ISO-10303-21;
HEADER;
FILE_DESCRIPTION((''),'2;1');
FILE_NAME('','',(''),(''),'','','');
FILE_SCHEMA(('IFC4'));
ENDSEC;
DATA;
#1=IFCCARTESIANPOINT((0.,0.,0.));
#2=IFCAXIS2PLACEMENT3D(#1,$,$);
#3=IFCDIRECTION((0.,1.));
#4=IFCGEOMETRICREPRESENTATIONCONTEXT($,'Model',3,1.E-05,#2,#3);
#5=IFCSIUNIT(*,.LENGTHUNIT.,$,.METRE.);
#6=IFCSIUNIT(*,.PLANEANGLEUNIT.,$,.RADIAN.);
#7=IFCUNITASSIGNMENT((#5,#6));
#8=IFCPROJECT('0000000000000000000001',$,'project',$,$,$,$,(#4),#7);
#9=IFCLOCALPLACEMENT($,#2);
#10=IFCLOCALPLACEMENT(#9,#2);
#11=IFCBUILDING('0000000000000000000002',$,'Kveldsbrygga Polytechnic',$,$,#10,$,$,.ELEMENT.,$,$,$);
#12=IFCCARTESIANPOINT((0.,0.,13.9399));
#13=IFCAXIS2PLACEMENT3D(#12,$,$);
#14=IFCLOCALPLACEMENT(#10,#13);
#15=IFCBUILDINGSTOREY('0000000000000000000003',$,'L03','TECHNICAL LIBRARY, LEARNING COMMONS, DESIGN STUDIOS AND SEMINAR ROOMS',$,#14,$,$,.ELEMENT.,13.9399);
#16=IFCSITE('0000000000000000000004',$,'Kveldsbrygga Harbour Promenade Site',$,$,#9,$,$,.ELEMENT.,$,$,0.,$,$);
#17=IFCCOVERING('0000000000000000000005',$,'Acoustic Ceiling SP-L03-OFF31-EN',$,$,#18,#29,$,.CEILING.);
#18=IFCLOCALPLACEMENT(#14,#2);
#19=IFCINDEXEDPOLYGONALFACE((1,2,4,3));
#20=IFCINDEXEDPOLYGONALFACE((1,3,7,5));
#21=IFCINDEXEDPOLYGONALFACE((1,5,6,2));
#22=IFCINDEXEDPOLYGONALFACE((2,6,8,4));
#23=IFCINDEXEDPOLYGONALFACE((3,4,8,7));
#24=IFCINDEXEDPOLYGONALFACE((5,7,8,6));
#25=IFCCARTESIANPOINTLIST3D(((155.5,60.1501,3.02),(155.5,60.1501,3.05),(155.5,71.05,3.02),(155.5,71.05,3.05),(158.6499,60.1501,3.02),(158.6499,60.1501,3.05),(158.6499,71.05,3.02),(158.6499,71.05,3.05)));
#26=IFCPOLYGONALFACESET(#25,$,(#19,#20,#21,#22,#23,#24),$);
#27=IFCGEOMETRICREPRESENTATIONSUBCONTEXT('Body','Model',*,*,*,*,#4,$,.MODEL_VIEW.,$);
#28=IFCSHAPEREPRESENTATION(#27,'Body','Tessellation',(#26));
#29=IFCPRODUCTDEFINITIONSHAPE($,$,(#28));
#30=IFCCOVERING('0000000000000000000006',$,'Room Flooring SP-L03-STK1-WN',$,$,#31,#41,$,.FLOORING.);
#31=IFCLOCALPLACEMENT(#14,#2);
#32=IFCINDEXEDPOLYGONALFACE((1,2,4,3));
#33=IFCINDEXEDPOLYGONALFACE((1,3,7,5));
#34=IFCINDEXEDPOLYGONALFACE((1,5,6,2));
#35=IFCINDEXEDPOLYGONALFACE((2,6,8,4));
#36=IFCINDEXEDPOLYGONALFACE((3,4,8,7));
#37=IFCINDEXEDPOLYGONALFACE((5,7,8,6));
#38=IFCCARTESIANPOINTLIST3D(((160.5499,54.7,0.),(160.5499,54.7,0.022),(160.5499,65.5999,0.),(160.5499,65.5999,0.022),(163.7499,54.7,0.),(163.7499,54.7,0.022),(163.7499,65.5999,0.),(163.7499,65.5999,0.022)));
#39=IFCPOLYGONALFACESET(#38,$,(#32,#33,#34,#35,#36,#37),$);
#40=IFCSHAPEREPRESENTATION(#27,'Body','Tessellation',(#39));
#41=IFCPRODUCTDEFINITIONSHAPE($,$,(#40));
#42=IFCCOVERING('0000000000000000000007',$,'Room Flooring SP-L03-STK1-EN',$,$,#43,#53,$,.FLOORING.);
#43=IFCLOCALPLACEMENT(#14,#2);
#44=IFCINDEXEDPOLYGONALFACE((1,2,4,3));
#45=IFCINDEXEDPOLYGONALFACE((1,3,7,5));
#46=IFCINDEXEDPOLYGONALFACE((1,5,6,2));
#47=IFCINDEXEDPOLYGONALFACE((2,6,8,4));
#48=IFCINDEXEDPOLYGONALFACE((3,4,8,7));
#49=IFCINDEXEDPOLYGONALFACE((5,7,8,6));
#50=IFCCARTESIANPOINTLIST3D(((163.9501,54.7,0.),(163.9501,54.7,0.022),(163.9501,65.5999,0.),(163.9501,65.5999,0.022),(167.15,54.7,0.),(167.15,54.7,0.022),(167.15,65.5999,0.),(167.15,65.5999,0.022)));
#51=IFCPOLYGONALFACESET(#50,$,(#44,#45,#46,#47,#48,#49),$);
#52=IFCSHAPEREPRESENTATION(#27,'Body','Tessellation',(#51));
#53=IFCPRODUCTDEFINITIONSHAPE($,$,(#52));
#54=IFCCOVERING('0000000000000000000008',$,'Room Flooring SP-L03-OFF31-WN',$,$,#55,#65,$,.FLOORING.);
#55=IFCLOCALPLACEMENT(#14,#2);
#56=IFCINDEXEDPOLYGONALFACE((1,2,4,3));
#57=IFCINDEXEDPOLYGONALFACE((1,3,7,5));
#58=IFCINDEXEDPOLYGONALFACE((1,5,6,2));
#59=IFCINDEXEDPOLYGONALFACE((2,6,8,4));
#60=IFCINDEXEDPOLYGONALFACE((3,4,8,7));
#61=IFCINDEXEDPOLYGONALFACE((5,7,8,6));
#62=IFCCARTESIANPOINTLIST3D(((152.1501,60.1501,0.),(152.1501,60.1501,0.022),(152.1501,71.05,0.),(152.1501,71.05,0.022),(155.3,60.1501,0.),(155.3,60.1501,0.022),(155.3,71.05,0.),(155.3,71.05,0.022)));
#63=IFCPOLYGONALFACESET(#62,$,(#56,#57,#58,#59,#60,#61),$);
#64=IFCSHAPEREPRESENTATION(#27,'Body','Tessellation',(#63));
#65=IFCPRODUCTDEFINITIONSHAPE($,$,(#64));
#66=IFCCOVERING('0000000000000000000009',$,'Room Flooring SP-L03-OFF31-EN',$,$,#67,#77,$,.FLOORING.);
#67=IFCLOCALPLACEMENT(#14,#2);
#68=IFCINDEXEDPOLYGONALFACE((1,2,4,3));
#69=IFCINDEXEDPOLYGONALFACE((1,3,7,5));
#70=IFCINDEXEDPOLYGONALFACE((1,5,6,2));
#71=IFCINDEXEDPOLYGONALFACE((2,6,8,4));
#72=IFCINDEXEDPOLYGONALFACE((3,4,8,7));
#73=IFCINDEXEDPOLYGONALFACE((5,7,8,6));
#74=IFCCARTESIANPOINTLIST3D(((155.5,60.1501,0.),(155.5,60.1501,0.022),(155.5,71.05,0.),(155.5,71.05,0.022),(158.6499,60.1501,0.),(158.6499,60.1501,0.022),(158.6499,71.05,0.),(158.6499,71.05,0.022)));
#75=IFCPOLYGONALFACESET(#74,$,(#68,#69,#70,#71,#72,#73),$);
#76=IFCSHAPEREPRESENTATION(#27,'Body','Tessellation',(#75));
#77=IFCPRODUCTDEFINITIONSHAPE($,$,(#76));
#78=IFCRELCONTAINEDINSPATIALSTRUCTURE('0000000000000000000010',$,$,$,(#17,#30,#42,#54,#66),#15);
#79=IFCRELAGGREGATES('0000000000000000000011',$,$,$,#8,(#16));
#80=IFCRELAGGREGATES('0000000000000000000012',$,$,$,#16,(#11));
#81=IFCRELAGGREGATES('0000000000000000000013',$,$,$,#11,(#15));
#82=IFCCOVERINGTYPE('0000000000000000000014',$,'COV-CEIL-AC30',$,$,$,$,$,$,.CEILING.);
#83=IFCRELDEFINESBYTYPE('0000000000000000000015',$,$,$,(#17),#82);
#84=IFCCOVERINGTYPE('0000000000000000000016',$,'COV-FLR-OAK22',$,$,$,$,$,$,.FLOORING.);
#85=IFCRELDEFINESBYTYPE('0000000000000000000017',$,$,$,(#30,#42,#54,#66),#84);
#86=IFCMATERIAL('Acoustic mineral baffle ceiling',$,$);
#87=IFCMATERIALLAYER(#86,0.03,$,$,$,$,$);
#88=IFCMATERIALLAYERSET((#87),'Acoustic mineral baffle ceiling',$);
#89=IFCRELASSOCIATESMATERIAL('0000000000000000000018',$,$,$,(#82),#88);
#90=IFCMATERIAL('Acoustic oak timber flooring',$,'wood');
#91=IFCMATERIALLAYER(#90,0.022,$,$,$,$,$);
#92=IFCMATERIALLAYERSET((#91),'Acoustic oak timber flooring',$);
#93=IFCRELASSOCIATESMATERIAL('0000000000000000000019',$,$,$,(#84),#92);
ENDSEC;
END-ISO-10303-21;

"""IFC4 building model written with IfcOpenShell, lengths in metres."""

from ifc_helpers import new_model, si_unit, direction, frame, origin, origin_2d, place, context, subcontext, project, spatial, rectangle, extrude, material, layer, layer_set, type_object, element, save


model = new_model("IFC4")

# Units and contexts
model_context = context("Model", 3, precision=1e-05, world=origin(), true_north=direction((0.0, 1.0)))
body_context = subcontext(model_context, "Body", "Model", "MODEL_VIEW")
ifc_project = project(units=[si_unit("LENGTHUNIT", "METRE"), si_unit("PLANEANGLEUNIT", "RADIAN")], contexts=[model_context])

# Site, building, storey
site_placement = place(None, origin())
site = spatial("IfcSite", under=ifc_project, at=site_placement, Name="Kveldsbrygga Harbour Promenade Site", CompositionType="ELEMENT", RefElevation=0.0)
building_placement = place(site_placement, origin())
building = spatial("IfcBuilding", under=site, at=building_placement, Name="Kveldsbrygga Polytechnic", CompositionType="ELEMENT")
storey_placement = place(building_placement, frame((0.0, 0.0, 13.9399)))
storey = spatial("IfcBuildingStorey", under=building, at=storey_placement, Name="L03", Description="TECHNICAL LIBRARY, LEARNING COMMONS, DESIGN STUDIOS AND SEMINAR ROOMS", CompositionType="ELEMENT", Elevation=13.9399)

# Coverings
ifc_material_1 = material(Name="Acoustic mineral baffle ceiling")
ifc_layer_1 = layer(ifc_material_1, 0.03)
ifc_layer_set_1 = layer_set([ifc_layer_1], Name="Acoustic mineral baffle ceiling")
covering_type_1 = type_object("IfcCoveringType", Name="COV-CEIL-AC30", PredefinedType="CEILING", material=ifc_layer_set_1)
for number, where, z_axis, x_axis, name in (
    (1, (157.075, 65.6001, 3.02), (0.0, 0.0, 1.0), (1.0, 0.0, 0.0), "Acoustic Ceiling SP-L03-OFF31-EN"),
):
    element("IfcCovering", number, at=place(storey_placement, frame(where, z_axis=z_axis, x_axis=x_axis)), inside=storey, type_object=covering_type_1, Name=name, PredefinedType="CEILING", context=body_context, shape_type="SweptSolid", body=[
        extrude(rectangle(XDim=3.1499, YDim=10.8999, at=origin_2d()), origin(), (0.0, 0.0, 1.0), 0.03),
    ])
ifc_material_2 = material(Name="Acoustic oak timber flooring", Category="wood")
ifc_layer_2 = layer(ifc_material_2, 0.022)
ifc_layer_set_2 = layer_set([ifc_layer_2], Name="Acoustic oak timber flooring")
covering_type_2 = type_object("IfcCoveringType", Name="COV-FLR-OAK22", PredefinedType="FLOORING", material=ifc_layer_set_2)
for number, where, z_axis, x_axis, name in (
    (2, (162.1499, 60.1499, 0.0), (0.0, 0.0, 1.0), (1.0, 0.0, 0.0), "Room Flooring SP-L03-STK1-WN"),
    (3, (165.55, 60.1499, 0.0), (0.0, 0.0, 1.0), (1.0, 0.0, 0.0), "Room Flooring SP-L03-STK1-EN"),
):
    element("IfcCovering", number, at=place(storey_placement, frame(where, z_axis=z_axis, x_axis=x_axis)), inside=storey, type_object=covering_type_2, Name=name, PredefinedType="FLOORING", context=body_context, shape_type="SweptSolid", body=[
        extrude(rectangle(XDim=3.2, YDim=10.8999, at=origin_2d()), origin(), (0.0, 0.0, 1.0), 0.022),
    ])
for number, where, z_axis, x_axis, name in (
    (4, (153.7251, 65.6001, 0.0), (0.0, 0.0, 1.0), (1.0, 0.0, 0.0), "Room Flooring SP-L03-OFF31-WN"),
    (5, (157.075, 65.6001, 0.0), (0.0, 0.0, 1.0), (1.0, 0.0, 0.0), "Room Flooring SP-L03-OFF31-EN"),
):
    element("IfcCovering", number, at=place(storey_placement, frame(where, z_axis=z_axis, x_axis=x_axis)), inside=storey, type_object=covering_type_2, Name=name, PredefinedType="FLOORING", context=body_context, shape_type="SweptSolid", body=[
        extrude(rectangle(XDim=3.1499, YDim=10.8999, at=origin_2d()), origin(), (0.0, 0.0, 1.0), 0.022),
    ])

save(model, "model.ifc")
